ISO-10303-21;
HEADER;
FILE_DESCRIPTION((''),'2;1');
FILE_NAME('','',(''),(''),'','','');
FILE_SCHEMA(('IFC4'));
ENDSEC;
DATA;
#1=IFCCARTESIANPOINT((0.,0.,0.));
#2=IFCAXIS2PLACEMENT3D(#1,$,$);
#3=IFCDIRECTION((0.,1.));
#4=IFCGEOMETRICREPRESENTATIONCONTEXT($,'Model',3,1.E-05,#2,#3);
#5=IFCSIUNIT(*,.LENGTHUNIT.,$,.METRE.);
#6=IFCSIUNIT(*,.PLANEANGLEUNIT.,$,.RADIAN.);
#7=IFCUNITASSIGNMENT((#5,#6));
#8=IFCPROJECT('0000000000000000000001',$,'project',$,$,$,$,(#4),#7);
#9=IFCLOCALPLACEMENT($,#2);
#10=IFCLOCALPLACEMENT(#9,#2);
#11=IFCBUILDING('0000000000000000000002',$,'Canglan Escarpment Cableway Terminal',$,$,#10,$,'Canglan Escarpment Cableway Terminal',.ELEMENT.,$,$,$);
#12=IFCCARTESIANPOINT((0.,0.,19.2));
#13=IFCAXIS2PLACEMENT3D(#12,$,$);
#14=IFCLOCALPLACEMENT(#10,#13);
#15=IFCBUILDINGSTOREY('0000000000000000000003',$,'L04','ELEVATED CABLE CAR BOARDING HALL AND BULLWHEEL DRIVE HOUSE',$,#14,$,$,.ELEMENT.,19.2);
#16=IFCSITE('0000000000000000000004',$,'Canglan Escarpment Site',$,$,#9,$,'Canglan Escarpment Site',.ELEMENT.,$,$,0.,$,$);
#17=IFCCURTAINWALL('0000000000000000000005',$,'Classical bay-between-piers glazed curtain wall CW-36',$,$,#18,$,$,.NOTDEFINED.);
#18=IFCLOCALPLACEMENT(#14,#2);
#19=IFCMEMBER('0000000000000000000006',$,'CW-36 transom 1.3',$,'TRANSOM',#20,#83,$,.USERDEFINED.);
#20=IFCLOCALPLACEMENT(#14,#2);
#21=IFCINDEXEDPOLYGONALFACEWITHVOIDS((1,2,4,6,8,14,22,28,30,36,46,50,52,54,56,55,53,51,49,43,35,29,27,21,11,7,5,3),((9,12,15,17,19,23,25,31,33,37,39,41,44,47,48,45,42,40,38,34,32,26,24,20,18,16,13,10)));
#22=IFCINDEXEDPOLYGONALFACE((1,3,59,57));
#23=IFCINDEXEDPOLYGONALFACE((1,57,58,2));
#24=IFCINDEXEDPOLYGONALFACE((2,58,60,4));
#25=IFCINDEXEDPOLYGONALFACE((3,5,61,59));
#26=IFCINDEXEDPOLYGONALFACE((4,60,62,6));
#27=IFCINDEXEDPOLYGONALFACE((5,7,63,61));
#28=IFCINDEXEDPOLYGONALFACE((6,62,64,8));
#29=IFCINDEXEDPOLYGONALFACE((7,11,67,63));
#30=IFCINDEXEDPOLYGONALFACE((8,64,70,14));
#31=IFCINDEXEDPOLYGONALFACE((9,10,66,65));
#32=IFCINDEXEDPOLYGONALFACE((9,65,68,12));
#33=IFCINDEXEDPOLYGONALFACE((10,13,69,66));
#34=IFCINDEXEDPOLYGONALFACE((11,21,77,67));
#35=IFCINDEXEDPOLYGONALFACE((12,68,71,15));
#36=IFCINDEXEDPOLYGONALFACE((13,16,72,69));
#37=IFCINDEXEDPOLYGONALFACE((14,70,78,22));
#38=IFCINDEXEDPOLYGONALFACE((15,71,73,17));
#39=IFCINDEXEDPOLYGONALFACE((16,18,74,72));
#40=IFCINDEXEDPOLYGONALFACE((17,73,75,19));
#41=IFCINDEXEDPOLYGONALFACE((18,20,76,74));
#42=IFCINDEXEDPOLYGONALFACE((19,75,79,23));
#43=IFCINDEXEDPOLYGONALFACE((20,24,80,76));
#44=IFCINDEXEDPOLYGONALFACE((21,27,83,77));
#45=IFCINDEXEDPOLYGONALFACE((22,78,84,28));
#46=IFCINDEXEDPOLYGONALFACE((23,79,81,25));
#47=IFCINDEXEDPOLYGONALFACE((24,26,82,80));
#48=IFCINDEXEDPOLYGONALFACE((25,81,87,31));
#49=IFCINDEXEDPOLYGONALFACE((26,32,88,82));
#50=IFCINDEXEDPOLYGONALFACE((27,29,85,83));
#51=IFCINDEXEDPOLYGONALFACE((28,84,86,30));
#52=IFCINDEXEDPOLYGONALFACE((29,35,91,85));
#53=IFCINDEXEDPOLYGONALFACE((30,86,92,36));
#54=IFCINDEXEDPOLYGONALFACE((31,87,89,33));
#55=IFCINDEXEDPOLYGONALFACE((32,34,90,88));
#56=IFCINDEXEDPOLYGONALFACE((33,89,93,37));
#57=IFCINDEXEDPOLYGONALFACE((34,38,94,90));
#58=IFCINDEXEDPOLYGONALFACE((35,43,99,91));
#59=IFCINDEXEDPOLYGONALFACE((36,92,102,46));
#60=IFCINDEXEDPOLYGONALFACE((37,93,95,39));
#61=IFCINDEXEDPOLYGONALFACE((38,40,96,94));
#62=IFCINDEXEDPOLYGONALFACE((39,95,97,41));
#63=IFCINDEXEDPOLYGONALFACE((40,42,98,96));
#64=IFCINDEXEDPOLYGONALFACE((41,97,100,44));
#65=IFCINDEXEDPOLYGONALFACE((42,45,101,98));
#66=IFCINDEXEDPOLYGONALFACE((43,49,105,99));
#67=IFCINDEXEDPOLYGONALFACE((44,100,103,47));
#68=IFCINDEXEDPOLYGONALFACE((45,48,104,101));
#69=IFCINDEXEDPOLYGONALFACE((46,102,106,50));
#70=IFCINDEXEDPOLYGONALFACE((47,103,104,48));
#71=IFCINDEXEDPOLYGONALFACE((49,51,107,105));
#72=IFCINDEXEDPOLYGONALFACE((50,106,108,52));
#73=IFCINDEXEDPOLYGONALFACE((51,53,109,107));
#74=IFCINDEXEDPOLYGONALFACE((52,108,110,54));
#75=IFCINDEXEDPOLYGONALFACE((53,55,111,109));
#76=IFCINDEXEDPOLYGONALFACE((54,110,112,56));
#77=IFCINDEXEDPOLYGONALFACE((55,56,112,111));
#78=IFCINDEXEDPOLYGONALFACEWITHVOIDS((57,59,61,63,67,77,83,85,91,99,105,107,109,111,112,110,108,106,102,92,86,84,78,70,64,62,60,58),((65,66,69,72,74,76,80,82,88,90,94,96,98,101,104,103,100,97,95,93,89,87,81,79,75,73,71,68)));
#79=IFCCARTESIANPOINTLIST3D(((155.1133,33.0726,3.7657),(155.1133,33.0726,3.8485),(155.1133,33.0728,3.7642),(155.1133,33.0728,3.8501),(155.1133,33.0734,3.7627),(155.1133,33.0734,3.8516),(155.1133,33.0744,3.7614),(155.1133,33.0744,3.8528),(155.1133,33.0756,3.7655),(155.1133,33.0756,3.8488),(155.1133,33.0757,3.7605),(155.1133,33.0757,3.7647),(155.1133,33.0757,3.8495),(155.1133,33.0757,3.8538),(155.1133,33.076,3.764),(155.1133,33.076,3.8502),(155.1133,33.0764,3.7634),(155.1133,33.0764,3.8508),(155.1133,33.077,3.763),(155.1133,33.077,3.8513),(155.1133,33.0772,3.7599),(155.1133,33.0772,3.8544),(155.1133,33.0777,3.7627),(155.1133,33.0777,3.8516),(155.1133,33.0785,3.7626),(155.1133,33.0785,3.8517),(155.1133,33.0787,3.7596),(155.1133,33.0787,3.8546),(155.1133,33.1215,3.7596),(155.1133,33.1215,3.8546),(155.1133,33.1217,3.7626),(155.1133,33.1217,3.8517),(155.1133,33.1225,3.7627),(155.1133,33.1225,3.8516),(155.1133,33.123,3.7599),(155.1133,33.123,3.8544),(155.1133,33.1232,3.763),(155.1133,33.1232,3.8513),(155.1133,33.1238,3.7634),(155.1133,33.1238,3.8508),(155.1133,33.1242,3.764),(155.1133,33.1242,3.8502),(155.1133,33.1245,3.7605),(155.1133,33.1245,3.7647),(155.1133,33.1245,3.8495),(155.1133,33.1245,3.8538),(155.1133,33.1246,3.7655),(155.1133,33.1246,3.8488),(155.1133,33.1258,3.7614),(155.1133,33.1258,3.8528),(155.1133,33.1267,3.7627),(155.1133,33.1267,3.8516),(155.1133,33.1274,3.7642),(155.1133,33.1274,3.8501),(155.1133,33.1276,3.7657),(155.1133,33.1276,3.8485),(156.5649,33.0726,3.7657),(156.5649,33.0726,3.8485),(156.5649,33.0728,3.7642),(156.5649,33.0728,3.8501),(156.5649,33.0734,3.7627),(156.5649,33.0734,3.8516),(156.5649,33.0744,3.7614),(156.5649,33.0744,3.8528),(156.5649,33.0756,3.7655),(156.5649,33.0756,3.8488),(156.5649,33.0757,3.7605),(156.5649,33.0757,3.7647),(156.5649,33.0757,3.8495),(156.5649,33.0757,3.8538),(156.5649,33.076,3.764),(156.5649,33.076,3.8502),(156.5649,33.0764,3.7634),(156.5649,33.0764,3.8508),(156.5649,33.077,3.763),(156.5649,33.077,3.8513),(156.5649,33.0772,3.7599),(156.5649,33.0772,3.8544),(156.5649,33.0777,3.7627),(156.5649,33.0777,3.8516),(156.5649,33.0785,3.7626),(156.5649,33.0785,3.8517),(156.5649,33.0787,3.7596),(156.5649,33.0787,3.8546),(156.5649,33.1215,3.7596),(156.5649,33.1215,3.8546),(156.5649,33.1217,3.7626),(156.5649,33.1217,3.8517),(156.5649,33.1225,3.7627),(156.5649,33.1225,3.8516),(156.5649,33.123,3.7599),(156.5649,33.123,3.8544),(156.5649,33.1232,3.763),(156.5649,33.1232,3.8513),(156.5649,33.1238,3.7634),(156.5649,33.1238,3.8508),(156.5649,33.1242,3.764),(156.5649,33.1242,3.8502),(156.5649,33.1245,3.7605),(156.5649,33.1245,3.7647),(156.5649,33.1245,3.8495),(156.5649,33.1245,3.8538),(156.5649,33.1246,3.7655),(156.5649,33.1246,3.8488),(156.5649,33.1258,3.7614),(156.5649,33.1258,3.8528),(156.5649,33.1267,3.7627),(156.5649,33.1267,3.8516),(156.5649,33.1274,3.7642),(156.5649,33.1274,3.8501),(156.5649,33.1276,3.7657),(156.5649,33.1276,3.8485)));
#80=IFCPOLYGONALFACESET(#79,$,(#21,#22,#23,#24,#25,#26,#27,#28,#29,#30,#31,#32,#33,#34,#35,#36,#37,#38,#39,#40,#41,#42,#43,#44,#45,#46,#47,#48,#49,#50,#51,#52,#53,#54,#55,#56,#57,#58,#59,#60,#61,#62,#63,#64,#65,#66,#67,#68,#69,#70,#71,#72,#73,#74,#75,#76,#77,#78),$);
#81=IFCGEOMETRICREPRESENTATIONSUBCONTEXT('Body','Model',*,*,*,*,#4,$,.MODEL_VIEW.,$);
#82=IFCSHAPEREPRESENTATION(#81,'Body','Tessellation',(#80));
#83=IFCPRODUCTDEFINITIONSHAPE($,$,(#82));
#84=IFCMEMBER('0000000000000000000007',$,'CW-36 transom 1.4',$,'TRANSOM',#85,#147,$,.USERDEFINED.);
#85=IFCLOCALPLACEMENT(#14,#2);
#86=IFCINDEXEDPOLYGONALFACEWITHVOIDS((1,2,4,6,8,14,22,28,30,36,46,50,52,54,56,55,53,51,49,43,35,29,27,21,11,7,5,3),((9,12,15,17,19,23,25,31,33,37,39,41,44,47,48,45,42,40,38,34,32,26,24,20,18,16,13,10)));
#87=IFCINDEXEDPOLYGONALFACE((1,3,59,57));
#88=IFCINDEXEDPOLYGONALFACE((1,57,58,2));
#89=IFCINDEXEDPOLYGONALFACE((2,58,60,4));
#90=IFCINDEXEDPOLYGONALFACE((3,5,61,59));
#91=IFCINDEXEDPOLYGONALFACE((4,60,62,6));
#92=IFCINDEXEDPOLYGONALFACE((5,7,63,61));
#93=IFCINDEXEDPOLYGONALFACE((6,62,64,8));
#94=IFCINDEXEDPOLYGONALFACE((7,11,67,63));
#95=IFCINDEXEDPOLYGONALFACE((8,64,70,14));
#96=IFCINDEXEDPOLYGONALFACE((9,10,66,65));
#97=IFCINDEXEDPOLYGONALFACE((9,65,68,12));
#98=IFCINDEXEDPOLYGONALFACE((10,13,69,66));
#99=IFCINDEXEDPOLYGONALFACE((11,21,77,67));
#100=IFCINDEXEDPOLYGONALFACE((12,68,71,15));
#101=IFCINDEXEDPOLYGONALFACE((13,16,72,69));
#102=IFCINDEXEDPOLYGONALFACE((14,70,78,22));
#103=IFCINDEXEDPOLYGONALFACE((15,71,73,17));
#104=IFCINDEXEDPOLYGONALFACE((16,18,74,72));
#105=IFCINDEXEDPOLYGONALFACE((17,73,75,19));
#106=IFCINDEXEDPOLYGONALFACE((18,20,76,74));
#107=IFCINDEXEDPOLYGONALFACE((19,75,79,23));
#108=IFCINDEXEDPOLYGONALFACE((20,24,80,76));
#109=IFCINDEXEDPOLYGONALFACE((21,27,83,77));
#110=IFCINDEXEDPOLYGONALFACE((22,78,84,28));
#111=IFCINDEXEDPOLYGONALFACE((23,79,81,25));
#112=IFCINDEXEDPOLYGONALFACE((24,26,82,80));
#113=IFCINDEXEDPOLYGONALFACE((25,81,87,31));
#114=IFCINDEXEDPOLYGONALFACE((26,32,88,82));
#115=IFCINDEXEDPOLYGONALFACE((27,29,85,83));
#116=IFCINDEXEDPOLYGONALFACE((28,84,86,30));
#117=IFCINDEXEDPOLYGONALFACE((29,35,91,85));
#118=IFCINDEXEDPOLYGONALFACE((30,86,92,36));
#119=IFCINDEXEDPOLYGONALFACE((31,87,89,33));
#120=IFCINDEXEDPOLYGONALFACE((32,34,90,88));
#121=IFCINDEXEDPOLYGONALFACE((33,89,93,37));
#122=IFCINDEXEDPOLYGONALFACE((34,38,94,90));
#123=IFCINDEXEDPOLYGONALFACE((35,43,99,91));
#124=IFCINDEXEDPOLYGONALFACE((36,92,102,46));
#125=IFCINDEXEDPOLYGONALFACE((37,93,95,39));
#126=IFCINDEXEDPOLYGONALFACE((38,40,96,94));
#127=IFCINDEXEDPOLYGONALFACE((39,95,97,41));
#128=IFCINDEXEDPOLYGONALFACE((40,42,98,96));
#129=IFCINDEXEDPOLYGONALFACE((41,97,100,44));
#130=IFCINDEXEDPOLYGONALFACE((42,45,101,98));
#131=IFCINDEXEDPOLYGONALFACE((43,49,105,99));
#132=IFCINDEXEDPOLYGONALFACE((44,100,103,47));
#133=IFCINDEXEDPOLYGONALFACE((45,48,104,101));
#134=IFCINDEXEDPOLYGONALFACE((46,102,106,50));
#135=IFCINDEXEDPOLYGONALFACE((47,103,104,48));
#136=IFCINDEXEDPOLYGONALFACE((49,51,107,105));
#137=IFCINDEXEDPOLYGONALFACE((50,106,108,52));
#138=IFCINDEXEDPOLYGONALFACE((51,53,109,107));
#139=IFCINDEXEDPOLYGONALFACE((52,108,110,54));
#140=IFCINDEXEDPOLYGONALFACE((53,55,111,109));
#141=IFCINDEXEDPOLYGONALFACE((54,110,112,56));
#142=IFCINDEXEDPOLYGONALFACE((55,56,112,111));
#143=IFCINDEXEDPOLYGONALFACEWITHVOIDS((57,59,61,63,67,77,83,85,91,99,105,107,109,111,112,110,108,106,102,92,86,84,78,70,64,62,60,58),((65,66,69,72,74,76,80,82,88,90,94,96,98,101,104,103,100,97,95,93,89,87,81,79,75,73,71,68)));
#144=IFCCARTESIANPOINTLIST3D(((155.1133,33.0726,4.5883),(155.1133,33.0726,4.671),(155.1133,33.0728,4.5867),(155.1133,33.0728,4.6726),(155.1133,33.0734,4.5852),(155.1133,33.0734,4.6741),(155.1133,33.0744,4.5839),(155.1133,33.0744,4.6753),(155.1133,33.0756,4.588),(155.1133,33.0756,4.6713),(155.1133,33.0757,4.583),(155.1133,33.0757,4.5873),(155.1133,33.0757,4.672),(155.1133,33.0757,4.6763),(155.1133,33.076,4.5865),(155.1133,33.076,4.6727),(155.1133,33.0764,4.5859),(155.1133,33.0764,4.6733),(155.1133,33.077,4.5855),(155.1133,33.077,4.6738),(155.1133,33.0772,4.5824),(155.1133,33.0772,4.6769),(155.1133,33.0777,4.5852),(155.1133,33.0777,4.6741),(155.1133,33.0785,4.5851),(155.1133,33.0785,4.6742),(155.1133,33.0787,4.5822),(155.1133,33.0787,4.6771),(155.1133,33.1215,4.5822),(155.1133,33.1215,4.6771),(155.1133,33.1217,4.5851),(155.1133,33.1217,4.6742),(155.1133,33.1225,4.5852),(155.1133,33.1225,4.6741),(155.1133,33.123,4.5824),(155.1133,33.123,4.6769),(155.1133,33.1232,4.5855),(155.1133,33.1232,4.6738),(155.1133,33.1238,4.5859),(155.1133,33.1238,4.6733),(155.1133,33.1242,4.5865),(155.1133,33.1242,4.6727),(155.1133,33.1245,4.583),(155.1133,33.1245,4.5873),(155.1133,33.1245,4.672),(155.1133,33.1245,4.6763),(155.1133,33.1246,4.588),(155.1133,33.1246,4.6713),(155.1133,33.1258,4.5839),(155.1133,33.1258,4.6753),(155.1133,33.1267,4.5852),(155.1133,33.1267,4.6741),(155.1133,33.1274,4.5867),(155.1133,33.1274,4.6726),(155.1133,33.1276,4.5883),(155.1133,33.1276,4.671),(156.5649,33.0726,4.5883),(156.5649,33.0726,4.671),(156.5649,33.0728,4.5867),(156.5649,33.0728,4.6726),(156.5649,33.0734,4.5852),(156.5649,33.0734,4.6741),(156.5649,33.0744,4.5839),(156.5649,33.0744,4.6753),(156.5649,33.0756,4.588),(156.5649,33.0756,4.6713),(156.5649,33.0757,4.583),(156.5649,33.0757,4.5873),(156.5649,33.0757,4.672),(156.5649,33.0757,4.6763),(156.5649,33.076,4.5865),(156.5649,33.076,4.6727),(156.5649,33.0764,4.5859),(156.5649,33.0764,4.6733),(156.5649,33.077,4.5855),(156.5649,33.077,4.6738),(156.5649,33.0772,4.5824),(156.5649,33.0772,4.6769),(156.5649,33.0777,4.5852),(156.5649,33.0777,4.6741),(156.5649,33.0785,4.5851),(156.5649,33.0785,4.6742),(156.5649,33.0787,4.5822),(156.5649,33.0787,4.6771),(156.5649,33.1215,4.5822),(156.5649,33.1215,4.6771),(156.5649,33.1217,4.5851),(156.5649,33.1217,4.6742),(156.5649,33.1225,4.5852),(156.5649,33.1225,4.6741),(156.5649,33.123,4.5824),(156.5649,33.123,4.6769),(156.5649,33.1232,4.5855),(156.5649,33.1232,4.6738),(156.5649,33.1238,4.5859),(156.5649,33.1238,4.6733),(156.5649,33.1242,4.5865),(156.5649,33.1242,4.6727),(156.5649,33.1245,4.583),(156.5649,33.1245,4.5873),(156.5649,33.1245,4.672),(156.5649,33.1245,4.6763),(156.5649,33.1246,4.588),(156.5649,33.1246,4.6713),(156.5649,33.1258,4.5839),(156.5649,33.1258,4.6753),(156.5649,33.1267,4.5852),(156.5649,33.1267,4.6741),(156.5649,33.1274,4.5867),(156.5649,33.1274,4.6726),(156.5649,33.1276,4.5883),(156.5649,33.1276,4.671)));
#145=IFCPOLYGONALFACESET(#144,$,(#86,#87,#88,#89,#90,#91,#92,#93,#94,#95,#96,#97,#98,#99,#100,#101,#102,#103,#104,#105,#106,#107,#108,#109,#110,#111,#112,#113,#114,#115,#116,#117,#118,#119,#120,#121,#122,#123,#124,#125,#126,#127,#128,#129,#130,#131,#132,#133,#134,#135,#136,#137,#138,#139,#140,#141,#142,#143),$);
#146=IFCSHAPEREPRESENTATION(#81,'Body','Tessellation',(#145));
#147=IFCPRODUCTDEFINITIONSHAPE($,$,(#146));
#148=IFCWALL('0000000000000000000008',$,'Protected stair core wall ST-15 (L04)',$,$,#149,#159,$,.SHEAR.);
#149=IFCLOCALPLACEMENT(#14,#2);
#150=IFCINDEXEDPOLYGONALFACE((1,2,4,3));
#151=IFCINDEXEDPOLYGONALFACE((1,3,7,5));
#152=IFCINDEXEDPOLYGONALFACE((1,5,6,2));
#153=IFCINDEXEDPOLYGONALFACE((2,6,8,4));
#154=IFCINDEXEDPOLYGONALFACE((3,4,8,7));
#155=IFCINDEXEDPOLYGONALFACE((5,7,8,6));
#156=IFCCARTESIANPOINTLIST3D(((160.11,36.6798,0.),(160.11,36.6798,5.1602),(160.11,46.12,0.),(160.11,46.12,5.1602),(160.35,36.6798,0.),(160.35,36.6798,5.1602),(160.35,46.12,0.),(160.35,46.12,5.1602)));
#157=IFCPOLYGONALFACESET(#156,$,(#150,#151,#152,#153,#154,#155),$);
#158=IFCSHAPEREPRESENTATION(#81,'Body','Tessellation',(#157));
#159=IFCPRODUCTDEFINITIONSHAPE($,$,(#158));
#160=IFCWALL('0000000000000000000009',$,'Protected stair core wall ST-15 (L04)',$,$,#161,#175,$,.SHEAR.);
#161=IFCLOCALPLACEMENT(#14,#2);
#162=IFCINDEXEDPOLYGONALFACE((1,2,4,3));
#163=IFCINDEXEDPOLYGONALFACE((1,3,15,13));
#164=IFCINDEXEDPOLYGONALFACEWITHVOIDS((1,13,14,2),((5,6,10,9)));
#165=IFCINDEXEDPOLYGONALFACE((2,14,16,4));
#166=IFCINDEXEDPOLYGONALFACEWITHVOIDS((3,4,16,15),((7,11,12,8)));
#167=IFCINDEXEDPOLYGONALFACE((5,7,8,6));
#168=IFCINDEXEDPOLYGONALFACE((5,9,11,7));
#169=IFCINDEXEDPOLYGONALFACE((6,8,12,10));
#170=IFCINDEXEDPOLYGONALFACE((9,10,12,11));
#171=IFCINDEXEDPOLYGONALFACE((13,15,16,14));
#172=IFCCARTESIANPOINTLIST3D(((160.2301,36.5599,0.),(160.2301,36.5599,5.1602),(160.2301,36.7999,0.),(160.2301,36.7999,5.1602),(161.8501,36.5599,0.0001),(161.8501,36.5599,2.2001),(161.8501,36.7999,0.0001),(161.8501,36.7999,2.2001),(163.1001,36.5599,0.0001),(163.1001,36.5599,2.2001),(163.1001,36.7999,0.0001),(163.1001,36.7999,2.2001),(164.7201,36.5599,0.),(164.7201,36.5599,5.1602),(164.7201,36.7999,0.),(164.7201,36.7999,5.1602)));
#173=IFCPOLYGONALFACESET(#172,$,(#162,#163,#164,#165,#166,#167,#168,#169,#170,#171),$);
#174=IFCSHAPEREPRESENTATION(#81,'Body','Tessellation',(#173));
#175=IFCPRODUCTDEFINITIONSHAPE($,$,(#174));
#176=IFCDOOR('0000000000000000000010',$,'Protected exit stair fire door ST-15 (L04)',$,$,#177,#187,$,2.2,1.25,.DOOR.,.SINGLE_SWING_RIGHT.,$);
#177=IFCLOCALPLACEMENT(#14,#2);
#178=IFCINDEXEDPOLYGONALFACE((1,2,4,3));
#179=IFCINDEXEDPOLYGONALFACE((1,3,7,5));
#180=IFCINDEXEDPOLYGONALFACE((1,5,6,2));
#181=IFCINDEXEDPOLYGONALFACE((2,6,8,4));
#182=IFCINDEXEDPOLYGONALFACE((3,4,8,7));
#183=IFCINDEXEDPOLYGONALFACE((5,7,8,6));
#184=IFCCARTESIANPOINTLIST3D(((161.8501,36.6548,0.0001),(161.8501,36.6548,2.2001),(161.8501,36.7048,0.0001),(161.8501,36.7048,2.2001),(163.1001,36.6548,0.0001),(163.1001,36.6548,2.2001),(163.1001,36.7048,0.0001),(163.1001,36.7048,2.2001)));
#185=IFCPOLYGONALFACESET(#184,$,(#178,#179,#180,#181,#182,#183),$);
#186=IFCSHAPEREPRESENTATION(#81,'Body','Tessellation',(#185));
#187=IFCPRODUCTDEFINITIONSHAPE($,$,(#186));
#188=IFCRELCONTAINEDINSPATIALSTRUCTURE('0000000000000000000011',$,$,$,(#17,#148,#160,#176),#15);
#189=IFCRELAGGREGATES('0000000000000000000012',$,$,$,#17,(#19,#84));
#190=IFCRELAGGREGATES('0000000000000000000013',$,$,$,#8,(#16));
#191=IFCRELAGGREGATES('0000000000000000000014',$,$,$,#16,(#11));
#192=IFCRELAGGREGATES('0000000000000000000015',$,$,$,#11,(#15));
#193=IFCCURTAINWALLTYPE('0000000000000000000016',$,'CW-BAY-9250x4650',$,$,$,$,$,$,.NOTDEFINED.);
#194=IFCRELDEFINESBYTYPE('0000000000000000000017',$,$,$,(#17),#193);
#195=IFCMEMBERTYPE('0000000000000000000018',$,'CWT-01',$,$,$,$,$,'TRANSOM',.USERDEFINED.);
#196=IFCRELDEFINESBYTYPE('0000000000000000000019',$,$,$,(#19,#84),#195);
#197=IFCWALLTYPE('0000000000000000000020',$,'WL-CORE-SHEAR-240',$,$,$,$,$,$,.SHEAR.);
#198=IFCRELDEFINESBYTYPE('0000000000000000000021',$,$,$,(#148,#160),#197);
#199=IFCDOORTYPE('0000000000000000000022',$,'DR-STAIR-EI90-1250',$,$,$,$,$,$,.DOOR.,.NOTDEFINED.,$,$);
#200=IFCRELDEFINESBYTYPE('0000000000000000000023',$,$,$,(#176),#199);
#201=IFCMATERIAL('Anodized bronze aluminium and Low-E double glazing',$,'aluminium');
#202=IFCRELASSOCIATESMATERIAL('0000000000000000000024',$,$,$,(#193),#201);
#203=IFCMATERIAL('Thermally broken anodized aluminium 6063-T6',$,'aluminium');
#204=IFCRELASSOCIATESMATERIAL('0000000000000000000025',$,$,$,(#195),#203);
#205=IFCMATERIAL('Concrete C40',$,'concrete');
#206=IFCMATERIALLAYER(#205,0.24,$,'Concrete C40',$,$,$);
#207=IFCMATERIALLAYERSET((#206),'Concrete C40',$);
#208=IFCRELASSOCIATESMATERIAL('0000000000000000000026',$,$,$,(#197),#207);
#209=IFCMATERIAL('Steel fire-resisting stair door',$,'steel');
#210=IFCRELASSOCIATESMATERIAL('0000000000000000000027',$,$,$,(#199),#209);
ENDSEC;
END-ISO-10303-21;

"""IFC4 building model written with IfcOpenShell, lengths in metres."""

from ifc_helpers import new_model, si_unit, direction, frame, frame_2d, origin, origin_2d, place, context, subcontext, project, spatial, rectangle, hollow_rectangle, extrude, material, layer, layer_set, material_profile, profile_set, type_object, element, fill, aggregate, save


model = new_model("IFC4")

# Units and contexts
model_context = context("Model", 3, precision=1e-05, world=origin(), true_north=direction((0.0, 1.0)))
body_context = subcontext(model_context, "Body", "Model", "MODEL_VIEW")
ifc_project = project(units=[si_unit("LENGTHUNIT", "METRE"), si_unit("PLANEANGLEUNIT", "RADIAN")], contexts=[model_context])

# Site, building, storey
site_placement = place(None, origin())
site = spatial("IfcSite", under=ifc_project, at=site_placement, Name="Canglan Escarpment Site", LongName="Canglan Escarpment Site", CompositionType="ELEMENT", RefElevation=0.0)
building_placement = place(site_placement, origin())
building = spatial("IfcBuilding", under=site, at=building_placement, Name="Canglan Escarpment Cableway Terminal", LongName="Canglan Escarpment Cableway Terminal", CompositionType="ELEMENT")
storey_placement = place(building_placement, frame((0.0, 0.0, 19.2)))
storey = spatial("IfcBuildingStorey", under=building, at=storey_placement, Name="L04", Description="ELEVATED CABLE CAR BOARDING HALL AND BULLWHEEL DRIVE HOUSE", CompositionType="ELEMENT", Elevation=19.2)

# Shared definitions
ifc_material_1 = material(Name="Concrete C40", Category="concrete")

# Curtain wall, members
ifc_material_2 = material(Name="Anodized bronze aluminium and Low-E double glazing", Category="aluminium")
curtain_wall_type = type_object("IfcCurtainWallType", Name="CW-BAY-9250x4650", PredefinedType="NOTDEFINED", material=ifc_material_2)
curtain_wall_placement = place(storey_placement, origin())
curtain_wall = element("IfcCurtainWall", 1, at=curtain_wall_placement, inside=storey, type_object=curtain_wall_type, Name="Classical bay-between-piers glazed curtain wall CW-36", PredefinedType="NOTDEFINED")
ifc_material_3 = material(Name="Thermally broken anodized aluminium 6063-T6", Category="aluminium")
ifc_material_profile_1 = material_profile(ifc_material_3, hollow_rectangle(XDim=0.0549, YDim=0.095, WallThickness=0.0029, InnerFilletRadius=0.0029, OuterFilletRadius=0.0061, at=origin_2d()), Name="ALU-TRAN 55x95x3")
ifc_profile_set_1 = profile_set([ifc_material_profile_1], Name="Thermally broken anodized aluminium 6063-T6")
member_type_1 = type_object("IfcMemberType", Name="CWT-01", ElementType="TRANSOM", PredefinedType="USERDEFINED", material=ifc_profile_set_1)
member_1_placement = place(storey_placement, frame((156.5649, 33.1001, 3.8071), z_axis=(-1.0, 0.0, 0.0), x_axis=(0.0, -1.0, 0.0)))
member_1 = element("IfcMember", 2, at=member_1_placement, type_object=member_type_1, Name="CW-36 transom 1.3", ObjectType="TRANSOM", PredefinedType="USERDEFINED", context=body_context, shape_type="SweptSolid", body=[
    extrude(hollow_rectangle(XDim=0.0549, YDim=0.095, WallThickness=0.0029, InnerFilletRadius=0.0029, OuterFilletRadius=0.0061, at=origin_2d()), origin(), (0.0, 0.0, 1.0), 1.4517),
])
member_2_placement = place(storey_placement, frame((156.5649, 33.1001, 4.6296), z_axis=(-1.0, 0.0, 0.0), x_axis=(0.0, -1.0, 0.0)))
member_2 = element("IfcMember", 3, at=member_2_placement, type_object=member_type_1, Name="CW-36 transom 1.4", ObjectType="TRANSOM", PredefinedType="USERDEFINED", context=body_context, shape_type="SweptSolid", body=[
    extrude(hollow_rectangle(XDim=0.0549, YDim=0.095, WallThickness=0.0029, InnerFilletRadius=0.0029, OuterFilletRadius=0.0061, at=origin_2d()), origin(), (0.0, 0.0, 1.0), 1.4517),
])
aggregate(curtain_wall, [member_1, member_2])

# Wall
ifc_layer_1 = layer(ifc_material_1, 0.24, Name="Concrete C40")
ifc_layer_set_1 = layer_set([ifc_layer_1], Name="Concrete C40")
wall_type_1 = type_object("IfcWallType", Name="WL-CORE-SHEAR-240", PredefinedType="SHEAR", material=ifc_layer_set_1)
wall_1_placement = place(storey_placement, frame((160.23, 46.1201, 0.0), z_axis=(0.0, 0.0, 1.0), x_axis=(0.0, -1.0, 0.0)))
element("IfcWall", 4, at=wall_1_placement, inside=storey, type_object=wall_type_1, Name="Protected stair core wall ST-15 (L04)", PredefinedType="SHEAR", context=body_context, shape_type="SweptSolid", body=[
    extrude(rectangle(XDim=9.4402, YDim=0.24, at=frame_2d((4.7202, 0.0))), origin(), (0.0, 0.0, 1.0), 5.1602),
])

# Wall, opening, door
wall_2_placement = place(storey_placement, frame((160.23, 36.6799, 0.0), z_axis=(0.0, 0.0, 1.0), x_axis=(1.0, 0.0, 0.0)))
wall_2 = element("IfcWall", 5, at=wall_2_placement, inside=storey, type_object=wall_type_1, Name="Protected stair core wall ST-15 (L04)", PredefinedType="SHEAR", context=body_context, shape_type="SweptSolid", body=[
    extrude(rectangle(XDim=4.49, YDim=0.24, at=frame_2d((2.2451, 0.0))), origin(), (0.0, 0.0, 1.0), 5.1602),
])
opening_1_placement = place(wall_2_placement, frame((1.6201, 0.0, 0.0)))
opening_1 = element("IfcOpeningElement", 6, at=opening_1_placement, cuts=wall_2, PredefinedType="OPENING", context=body_context, shape_type="SweptSolid", body=[
    extrude(rectangle(XDim=1.25, YDim=2.2, at=frame_2d((0.625, 1.1001))), frame((0.0, 0.1299, 0.0), z_axis=(0.0, -1.0, 0.0), x_axis=(1.0, 0.0, 0.0)), (0.0, 0.0, 1.0), 0.26),
])
ifc_material_4 = material(Name="Steel fire-resisting stair door", Category="steel")
door_type_1 = type_object("IfcDoorType", Name="DR-STAIR-EI90-1250", OperationType="NOTDEFINED", PredefinedType="DOOR", material=ifc_material_4)
door_1_placement = place(opening_1_placement, origin())
door_1 = element("IfcDoor", 7, at=door_1_placement, inside=storey, type_object=door_type_1, Name="Protected exit stair fire door ST-15 (L04)", OperationType="SINGLE_SWING_RIGHT", OverallHeight=2.2, OverallWidth=1.25, PredefinedType="DOOR", context=body_context, shape_type="SweptSolid", body=[
    extrude(rectangle(XDim=1.25, YDim=2.2, at=frame_2d((0.625, 1.1001))), frame((0.0, 0.0249, 0.0), z_axis=(0.0, -1.0, 0.0), x_axis=(1.0, 0.0, 0.0)), (0.0, 0.0, 1.0), 0.05),
])
fill(opening_1, door_1)

save(model, "model.ifc")
